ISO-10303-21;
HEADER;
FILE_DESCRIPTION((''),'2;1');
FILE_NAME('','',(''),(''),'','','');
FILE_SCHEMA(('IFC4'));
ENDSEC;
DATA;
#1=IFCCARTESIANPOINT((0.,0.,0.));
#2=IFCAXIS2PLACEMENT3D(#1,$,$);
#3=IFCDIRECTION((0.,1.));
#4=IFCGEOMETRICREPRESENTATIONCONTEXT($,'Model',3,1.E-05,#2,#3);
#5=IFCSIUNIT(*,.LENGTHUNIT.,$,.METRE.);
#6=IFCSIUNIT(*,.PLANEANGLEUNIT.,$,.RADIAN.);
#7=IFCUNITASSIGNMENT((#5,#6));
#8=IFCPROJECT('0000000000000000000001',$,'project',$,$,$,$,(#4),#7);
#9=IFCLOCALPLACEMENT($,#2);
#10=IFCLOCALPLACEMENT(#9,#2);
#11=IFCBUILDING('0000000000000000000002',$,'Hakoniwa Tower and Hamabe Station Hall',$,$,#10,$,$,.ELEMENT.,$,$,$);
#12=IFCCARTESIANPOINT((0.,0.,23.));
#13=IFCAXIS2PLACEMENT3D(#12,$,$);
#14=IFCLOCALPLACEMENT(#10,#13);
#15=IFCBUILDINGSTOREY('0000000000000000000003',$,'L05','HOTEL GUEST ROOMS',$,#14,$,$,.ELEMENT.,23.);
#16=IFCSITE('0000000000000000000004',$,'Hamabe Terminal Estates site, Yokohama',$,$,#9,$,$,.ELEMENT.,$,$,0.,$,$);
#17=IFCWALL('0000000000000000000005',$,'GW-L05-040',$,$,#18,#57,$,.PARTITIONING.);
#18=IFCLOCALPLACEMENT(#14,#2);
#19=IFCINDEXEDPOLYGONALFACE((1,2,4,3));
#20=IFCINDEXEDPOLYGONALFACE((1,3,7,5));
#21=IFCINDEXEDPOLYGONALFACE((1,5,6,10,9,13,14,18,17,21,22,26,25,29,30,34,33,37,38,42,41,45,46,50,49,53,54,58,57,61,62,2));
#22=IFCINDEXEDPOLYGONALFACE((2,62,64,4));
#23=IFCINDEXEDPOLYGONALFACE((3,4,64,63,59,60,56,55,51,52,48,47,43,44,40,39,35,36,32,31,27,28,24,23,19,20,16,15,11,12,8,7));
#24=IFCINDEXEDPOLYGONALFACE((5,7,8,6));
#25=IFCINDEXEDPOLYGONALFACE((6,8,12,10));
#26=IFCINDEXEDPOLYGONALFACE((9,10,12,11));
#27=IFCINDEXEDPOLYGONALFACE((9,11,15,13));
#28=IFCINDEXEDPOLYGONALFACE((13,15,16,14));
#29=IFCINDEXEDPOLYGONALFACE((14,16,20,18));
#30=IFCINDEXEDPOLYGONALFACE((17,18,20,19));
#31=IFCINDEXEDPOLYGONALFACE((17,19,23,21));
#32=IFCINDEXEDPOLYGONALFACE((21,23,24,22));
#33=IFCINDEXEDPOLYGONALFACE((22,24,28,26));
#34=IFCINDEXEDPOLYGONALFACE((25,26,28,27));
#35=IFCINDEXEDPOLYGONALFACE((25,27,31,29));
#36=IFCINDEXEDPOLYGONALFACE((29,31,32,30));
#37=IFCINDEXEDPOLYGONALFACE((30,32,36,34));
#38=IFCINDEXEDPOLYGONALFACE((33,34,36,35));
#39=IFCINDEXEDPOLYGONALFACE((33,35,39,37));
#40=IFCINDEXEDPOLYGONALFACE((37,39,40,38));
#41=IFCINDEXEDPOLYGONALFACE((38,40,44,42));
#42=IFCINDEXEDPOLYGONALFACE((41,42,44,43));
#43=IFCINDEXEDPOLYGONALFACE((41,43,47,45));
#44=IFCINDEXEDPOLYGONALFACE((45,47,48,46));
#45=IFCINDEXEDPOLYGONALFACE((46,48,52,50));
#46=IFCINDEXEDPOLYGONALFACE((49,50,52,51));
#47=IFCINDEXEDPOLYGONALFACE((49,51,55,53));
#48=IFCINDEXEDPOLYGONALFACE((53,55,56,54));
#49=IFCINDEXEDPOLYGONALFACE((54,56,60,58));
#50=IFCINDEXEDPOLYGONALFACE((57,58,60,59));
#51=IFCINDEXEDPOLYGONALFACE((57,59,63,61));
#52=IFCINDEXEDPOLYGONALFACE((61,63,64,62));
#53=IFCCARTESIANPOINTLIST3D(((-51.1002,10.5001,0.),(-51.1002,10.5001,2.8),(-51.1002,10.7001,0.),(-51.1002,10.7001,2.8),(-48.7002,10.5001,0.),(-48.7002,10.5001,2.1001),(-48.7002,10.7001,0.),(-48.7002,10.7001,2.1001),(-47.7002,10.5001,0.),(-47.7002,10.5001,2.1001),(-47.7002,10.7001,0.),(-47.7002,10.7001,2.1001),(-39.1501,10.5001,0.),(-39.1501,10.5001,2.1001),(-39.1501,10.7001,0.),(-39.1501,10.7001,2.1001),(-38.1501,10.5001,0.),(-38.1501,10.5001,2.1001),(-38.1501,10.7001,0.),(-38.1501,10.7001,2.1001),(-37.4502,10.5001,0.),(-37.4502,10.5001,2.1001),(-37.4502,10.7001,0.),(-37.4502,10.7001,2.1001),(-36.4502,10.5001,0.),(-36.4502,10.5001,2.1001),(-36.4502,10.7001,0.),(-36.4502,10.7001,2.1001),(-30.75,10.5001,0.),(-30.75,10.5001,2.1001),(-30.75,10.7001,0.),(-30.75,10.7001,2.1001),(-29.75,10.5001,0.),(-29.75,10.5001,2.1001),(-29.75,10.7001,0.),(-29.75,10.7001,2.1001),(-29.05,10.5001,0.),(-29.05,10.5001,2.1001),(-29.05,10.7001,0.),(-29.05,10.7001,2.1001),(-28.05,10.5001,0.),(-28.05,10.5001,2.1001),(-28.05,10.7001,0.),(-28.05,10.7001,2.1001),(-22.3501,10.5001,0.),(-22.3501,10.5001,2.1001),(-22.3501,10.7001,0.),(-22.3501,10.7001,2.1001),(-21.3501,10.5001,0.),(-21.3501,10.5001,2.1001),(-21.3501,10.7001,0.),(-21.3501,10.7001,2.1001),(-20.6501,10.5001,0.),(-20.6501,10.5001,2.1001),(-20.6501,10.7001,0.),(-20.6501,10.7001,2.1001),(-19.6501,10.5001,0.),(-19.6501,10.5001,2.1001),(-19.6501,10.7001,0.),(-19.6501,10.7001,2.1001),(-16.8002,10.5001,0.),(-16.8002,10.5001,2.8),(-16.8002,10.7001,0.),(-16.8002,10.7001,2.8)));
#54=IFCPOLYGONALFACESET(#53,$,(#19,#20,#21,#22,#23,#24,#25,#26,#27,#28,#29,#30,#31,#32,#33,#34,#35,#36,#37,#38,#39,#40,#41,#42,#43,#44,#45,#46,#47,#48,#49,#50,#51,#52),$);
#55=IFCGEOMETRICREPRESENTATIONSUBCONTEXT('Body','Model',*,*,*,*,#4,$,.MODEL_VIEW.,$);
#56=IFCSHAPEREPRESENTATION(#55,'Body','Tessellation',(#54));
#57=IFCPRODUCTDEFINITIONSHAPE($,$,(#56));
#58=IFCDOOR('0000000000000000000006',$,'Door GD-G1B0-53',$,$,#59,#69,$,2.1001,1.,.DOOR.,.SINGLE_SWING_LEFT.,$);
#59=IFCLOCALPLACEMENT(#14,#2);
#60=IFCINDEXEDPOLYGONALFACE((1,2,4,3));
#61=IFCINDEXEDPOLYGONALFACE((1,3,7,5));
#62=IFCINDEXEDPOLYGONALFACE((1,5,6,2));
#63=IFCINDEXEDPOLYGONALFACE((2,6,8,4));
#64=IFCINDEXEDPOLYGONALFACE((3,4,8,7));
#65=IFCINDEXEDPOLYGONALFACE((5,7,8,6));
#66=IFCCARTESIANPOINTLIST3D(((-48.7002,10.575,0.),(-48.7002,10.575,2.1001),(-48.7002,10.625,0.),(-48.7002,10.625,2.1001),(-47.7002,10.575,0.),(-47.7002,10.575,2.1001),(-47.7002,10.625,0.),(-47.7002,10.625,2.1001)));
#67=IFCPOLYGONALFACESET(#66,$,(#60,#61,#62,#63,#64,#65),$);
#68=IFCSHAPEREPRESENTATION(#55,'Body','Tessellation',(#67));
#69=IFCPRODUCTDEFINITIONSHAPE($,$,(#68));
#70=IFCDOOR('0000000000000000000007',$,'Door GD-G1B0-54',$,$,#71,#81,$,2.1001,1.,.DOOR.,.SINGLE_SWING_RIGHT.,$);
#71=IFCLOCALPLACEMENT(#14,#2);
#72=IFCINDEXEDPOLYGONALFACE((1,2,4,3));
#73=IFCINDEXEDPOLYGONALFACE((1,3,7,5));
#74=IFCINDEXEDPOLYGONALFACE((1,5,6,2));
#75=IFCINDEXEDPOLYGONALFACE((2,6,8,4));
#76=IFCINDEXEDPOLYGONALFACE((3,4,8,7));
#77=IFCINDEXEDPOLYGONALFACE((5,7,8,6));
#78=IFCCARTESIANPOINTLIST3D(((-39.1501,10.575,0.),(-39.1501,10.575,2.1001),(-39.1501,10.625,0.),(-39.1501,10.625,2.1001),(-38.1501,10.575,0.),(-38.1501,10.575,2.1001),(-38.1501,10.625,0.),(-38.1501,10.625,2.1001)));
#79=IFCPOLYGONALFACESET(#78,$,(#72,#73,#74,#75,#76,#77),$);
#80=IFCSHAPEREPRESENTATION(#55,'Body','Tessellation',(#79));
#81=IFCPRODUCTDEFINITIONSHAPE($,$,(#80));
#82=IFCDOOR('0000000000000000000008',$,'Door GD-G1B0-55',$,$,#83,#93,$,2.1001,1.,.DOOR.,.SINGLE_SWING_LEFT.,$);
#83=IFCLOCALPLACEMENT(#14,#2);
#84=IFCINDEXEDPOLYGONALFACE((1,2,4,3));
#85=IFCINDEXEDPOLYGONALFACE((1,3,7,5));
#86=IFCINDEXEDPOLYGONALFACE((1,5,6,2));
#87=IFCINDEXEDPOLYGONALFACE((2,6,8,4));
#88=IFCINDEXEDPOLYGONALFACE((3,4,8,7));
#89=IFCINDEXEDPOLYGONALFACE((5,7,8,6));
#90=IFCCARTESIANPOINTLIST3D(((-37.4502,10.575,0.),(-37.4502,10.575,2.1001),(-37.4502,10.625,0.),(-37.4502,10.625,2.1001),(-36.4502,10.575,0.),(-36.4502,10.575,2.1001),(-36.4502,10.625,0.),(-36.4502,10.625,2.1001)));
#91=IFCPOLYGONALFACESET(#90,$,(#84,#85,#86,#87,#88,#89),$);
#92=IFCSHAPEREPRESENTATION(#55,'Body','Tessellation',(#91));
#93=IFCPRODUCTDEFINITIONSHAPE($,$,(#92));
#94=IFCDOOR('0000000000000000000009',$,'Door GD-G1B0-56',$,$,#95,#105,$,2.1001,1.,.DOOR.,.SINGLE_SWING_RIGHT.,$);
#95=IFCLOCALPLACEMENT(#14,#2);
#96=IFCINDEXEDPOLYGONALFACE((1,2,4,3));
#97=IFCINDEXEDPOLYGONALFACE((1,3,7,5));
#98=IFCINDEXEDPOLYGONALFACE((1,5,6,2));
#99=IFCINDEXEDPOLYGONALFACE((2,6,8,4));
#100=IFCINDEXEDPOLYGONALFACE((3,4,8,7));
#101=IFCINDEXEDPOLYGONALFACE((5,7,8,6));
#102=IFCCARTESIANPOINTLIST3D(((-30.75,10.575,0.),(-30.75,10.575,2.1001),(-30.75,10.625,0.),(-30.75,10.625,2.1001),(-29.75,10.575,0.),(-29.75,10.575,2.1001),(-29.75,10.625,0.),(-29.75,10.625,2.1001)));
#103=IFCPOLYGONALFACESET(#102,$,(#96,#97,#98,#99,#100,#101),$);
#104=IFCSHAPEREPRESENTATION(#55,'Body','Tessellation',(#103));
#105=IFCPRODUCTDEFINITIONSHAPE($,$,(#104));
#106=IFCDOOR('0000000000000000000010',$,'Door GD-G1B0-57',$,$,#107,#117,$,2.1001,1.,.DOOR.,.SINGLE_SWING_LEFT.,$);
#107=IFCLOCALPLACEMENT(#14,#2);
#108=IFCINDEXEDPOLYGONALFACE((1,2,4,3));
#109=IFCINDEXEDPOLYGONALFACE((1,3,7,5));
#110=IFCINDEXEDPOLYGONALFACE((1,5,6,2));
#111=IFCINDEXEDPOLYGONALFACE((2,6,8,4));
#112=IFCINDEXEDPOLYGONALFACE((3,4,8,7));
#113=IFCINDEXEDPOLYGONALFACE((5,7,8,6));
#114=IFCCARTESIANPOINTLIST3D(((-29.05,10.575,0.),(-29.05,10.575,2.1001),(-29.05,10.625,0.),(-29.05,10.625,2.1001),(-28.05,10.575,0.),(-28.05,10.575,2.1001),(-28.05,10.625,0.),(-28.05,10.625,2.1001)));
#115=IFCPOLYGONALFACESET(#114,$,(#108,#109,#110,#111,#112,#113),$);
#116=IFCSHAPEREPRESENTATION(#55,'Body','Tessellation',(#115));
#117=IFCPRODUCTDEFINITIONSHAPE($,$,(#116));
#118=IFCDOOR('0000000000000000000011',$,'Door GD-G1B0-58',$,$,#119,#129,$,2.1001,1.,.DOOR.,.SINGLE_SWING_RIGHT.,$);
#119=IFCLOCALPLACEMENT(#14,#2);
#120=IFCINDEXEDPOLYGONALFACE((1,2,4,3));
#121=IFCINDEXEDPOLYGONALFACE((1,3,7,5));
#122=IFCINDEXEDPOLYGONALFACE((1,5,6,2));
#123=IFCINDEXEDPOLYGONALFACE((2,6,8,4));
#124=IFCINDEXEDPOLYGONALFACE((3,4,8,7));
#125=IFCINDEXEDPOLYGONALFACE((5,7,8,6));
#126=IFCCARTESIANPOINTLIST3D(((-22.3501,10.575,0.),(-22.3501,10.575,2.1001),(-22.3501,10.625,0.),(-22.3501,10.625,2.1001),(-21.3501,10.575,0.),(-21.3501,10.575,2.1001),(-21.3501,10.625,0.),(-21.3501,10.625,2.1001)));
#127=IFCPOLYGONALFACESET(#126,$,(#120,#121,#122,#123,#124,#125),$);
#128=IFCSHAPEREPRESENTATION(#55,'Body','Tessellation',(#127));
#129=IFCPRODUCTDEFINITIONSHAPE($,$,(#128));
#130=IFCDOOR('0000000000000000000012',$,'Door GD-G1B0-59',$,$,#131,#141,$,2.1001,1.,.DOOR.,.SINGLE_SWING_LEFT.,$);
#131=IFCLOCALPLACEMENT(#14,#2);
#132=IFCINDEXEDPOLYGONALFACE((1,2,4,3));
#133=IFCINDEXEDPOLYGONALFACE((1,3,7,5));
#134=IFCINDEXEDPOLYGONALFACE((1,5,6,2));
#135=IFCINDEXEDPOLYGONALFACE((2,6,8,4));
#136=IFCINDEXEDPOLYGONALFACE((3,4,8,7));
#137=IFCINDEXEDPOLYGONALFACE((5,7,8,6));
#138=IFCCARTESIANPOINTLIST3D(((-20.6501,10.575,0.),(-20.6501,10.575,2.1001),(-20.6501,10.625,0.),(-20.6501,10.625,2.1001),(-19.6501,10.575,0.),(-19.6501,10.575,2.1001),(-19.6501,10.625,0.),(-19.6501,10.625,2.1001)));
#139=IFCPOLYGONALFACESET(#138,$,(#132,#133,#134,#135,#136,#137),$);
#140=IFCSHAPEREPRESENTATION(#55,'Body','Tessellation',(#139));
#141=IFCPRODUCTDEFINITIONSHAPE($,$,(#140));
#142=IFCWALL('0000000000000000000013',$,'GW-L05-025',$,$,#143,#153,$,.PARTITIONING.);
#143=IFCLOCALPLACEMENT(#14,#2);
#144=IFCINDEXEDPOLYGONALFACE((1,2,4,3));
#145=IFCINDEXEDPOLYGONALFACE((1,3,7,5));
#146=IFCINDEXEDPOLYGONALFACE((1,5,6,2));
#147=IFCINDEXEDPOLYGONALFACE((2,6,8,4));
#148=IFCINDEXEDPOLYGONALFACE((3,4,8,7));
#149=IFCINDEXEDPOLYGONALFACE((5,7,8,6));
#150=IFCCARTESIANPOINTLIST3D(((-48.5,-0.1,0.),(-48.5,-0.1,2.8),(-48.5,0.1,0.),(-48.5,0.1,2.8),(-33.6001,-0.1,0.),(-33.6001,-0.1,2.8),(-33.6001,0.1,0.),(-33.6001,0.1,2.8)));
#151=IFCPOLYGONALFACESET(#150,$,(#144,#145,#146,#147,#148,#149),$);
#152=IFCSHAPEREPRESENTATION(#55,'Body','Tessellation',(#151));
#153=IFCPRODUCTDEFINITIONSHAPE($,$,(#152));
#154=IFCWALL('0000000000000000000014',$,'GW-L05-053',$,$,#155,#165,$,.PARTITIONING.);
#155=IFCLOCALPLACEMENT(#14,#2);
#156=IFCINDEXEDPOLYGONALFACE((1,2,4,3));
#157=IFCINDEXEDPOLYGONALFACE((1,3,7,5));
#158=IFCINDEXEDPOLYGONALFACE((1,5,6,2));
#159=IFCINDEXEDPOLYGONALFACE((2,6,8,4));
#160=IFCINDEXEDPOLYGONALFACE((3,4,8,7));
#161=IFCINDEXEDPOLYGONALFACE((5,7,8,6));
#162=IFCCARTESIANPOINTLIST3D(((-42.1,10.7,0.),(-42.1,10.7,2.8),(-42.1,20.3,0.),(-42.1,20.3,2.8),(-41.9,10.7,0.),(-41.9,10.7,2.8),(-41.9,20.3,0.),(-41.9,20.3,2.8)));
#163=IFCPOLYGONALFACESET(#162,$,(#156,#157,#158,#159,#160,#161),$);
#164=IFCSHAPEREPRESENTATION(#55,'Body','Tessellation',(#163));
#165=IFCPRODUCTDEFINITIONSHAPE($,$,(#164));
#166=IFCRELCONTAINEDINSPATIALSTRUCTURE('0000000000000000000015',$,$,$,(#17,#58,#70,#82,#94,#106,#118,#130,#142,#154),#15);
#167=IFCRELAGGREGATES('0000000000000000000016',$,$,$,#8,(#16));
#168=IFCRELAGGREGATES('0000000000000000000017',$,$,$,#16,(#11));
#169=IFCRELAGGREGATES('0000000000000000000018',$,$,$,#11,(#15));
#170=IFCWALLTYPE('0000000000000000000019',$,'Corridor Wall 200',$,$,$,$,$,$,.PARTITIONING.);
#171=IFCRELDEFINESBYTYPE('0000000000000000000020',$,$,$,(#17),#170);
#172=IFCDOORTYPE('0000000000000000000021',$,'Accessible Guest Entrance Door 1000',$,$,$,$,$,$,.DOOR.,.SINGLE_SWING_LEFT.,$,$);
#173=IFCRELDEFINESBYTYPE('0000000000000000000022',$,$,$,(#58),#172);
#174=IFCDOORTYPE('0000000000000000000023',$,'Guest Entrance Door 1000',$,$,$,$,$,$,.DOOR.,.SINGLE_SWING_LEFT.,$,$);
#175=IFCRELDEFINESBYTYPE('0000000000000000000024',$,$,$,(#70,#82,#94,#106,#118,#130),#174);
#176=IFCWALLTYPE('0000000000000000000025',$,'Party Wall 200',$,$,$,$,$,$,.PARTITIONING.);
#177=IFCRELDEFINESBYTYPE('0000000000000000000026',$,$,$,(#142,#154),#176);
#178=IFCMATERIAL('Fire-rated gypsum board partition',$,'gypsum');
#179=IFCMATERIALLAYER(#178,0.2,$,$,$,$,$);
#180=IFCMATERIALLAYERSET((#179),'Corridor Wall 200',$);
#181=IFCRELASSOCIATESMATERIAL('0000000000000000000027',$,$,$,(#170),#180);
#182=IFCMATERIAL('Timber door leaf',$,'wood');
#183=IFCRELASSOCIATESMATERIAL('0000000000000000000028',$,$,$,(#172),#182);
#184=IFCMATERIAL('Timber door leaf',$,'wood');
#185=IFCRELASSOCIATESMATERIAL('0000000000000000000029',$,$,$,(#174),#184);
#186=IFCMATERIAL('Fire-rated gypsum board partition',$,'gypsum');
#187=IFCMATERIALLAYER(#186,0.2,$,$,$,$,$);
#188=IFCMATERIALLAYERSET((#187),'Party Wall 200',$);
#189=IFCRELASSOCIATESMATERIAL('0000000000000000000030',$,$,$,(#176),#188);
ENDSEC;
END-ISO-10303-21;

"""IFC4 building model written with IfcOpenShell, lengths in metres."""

from ifc_helpers import new_model, si_unit, direction, frame, frame_2d, origin, place, context, subcontext, project, spatial, rectangle, extrude, material, layer, layer_set, type_object, element, fill, save


model = new_model("IFC4")

# Units and contexts
model_context = context("Model", 3, precision=1e-05, world=origin(), true_north=direction((0.0, 1.0)))
body_context = subcontext(model_context, "Body", "Model", "MODEL_VIEW")
ifc_project = project(units=[si_unit("LENGTHUNIT", "METRE"), si_unit("PLANEANGLEUNIT", "RADIAN")], contexts=[model_context])

# Site, building, storey
site_placement = place(None, origin())
site = spatial("IfcSite", under=ifc_project, at=site_placement, Name="Hamabe Terminal Estates site, Yokohama", CompositionType="ELEMENT", RefElevation=0.0)
building_placement = place(site_placement, origin())
building = spatial("IfcBuilding", under=site, at=building_placement, Name="Hakoniwa Tower and Hamabe Station Hall", CompositionType="ELEMENT")
storey_placement = place(building_placement, frame((0.0, 0.0, 23.0)))
storey = spatial("IfcBuildingStorey", under=building, at=storey_placement, Name="L05", Description="HOTEL GUEST ROOMS", CompositionType="ELEMENT", Elevation=23.0)

# Shared definitions
ifc_material_1 = material(Name="Fire-rated gypsum board partition", Category="gypsum")
ifc_layer_1 = layer(ifc_material_1, 0.2)
ifc_layer_set_1 = layer_set([ifc_layer_1], Name="Corridor Wall 200")
wall_type_1 = type_object("IfcWallType", Name="Corridor Wall 200", PredefinedType="PARTITIONING", material=ifc_layer_set_1)

# Wall, openings, doors
wall_1_placement = place(storey_placement, frame((-51.1001, 10.6001, 0.0), z_axis=(0.0, 0.0, 1.0), x_axis=(1.0, 0.0, 0.0)))
wall_1 = element("IfcWall", 1, at=wall_1_placement, inside=storey, type_object=wall_type_1, Name="GW-L05-040", PredefinedType="PARTITIONING", context=body_context, shape_type="SweptSolid", body=[
    extrude(rectangle(XDim=34.3, YDim=0.2, at=frame_2d((17.1499, 0.0))), origin(), (0.0, 0.0, 1.0), 2.8),
])
opening_1_placement = place(wall_1_placement, frame((2.3999, 0.0, 0.0)))
opening_1 = element("IfcOpeningElement", 2, at=opening_1_placement, cuts=wall_1, PredefinedType="OPENING", context=body_context, shape_type="SweptSolid", body=[
    extrude(rectangle(XDim=1.0, YDim=2.1001, at=frame_2d((0.5, 1.05))), frame((0.0, 0.1099, 0.0), z_axis=(0.0, -1.0, 0.0), x_axis=(1.0, 0.0, 0.0)), (0.0, 0.0, 1.0), 0.22),
])
opening_2_placement = place(wall_1_placement, frame((11.95, 0.0, 0.0)))
opening_2 = element("IfcOpeningElement", 3, at=opening_2_placement, cuts=wall_1, PredefinedType="OPENING", context=body_context, shape_type="SweptSolid", body=[
    extrude(rectangle(XDim=1.0, YDim=2.1001, at=frame_2d((0.5, 1.05))), frame((0.0, 0.1099, 0.0), z_axis=(0.0, -1.0, 0.0), x_axis=(1.0, 0.0, 0.0)), (0.0, 0.0, 1.0), 0.22),
])
opening_3_placement = place(wall_1_placement, frame((13.6499, 0.0, 0.0)))
opening_3 = element("IfcOpeningElement", 4, at=opening_3_placement, cuts=wall_1, PredefinedType="OPENING", context=body_context, shape_type="SweptSolid", body=[
    extrude(rectangle(XDim=1.0, YDim=2.1001, at=frame_2d((0.5, 1.05))), frame((0.0, 0.1099, 0.0), z_axis=(0.0, -1.0, 0.0), x_axis=(1.0, 0.0, 0.0)), (0.0, 0.0, 1.0), 0.22),
])
opening_4_placement = place(wall_1_placement, frame((20.3501, 0.0, 0.0)))
opening_4 = element("IfcOpeningElement", 5, at=opening_4_placement, cuts=wall_1, PredefinedType="OPENING", context=body_context, shape_type="SweptSolid", body=[
    extrude(rectangle(XDim=1.0, YDim=2.1001, at=frame_2d((0.5, 1.05))), frame((0.0, 0.1099, 0.0), z_axis=(0.0, -1.0, 0.0), x_axis=(1.0, 0.0, 0.0)), (0.0, 0.0, 1.0), 0.22),
])
opening_5_placement = place(wall_1_placement, frame((22.05, 0.0, 0.0)))
opening_5 = element("IfcOpeningElement", 6, at=opening_5_placement, cuts=wall_1, PredefinedType="OPENING", context=body_context, shape_type="SweptSolid", body=[
    extrude(rectangle(XDim=1.0, YDim=2.1001, at=frame_2d((0.5, 1.05))), frame((0.0, 0.1099, 0.0), z_axis=(0.0, -1.0, 0.0), x_axis=(1.0, 0.0, 0.0)), (0.0, 0.0, 1.0), 0.22),
])
opening_6_placement = place(wall_1_placement, frame((28.75, 0.0, 0.0)))
opening_6 = element("IfcOpeningElement", 7, at=opening_6_placement, cuts=wall_1, PredefinedType="OPENING", context=body_context, shape_type="SweptSolid", body=[
    extrude(rectangle(XDim=1.0, YDim=2.1001, at=frame_2d((0.5, 1.05))), frame((0.0, 0.1099, 0.0), z_axis=(0.0, -1.0, 0.0), x_axis=(1.0, 0.0, 0.0)), (0.0, 0.0, 1.0), 0.22),
])
opening_7_placement = place(wall_1_placement, frame((30.45, 0.0, 0.0)))
opening_7 = element("IfcOpeningElement", 8, at=opening_7_placement, cuts=wall_1, PredefinedType="OPENING", context=body_context, shape_type="SweptSolid", body=[
    extrude(rectangle(XDim=1.0, YDim=2.1001, at=frame_2d((0.5, 1.05))), frame((0.0, 0.1099, 0.0), z_axis=(0.0, -1.0, 0.0), x_axis=(1.0, 0.0, 0.0)), (0.0, 0.0, 1.0), 0.22),
])
ifc_material_2 = material(Name="Timber door leaf", Category="wood")
door_type_1 = type_object("IfcDoorType", Name="Accessible Guest Entrance Door 1000", OperationType="SINGLE_SWING_LEFT", PredefinedType="DOOR", material=ifc_material_2)
door_1_placement = place(opening_1_placement, origin())
door_1 = element("IfcDoor", 9, at=door_1_placement, inside=storey, type_object=door_type_1, Name="Door GD-G1B0-53", OperationType="SINGLE_SWING_LEFT", OverallHeight=2.1001, OverallWidth=1.0, PredefinedType="DOOR", context=body_context, shape_type="SweptSolid", body=[
    extrude(rectangle(XDim=1.0, YDim=2.1001, at=frame_2d((0.5, 1.05))), frame((0.0, 0.0249, 0.0), z_axis=(0.0, -1.0, 0.0), x_axis=(1.0, 0.0, 0.0)), (0.0, 0.0, 1.0), 0.05),
])
fill(opening_1, door_1)
ifc_material_3 = material(Name="Timber door leaf", Category="wood")
door_type_2 = type_object("IfcDoorType", Name="Guest Entrance Door 1000", OperationType="SINGLE_SWING_LEFT", PredefinedType="DOOR", material=ifc_material_3)
door_2_placement = place(opening_2_placement, origin())
door_2 = element("IfcDoor", 10, at=door_2_placement, inside=storey, type_object=door_type_2, Name="Door GD-G1B0-54", OperationType="SINGLE_SWING_RIGHT", OverallHeight=2.1001, OverallWidth=1.0, PredefinedType="DOOR", context=body_context, shape_type="SweptSolid", body=[
    extrude(rectangle(XDim=1.0, YDim=2.1001, at=frame_2d((0.5, 1.05))), frame((0.0, 0.0249, 0.0), z_axis=(0.0, -1.0, 0.0), x_axis=(1.0, 0.0, 0.0)), (0.0, 0.0, 1.0), 0.05),
])
fill(opening_2, door_2)
door_3_placement = place(opening_3_placement, origin())
door_3 = element("IfcDoor", 11, at=door_3_placement, inside=storey, type_object=door_type_2, Name="Door GD-G1B0-55", OperationType="SINGLE_SWING_LEFT", OverallHeight=2.1001, OverallWidth=1.0, PredefinedType="DOOR", context=body_context, shape_type="SweptSolid", body=[
    extrude(rectangle(XDim=1.0, YDim=2.1001, at=frame_2d((0.5, 1.05))), frame((0.0, 0.0249, 0.0), z_axis=(0.0, -1.0, 0.0), x_axis=(1.0, 0.0, 0.0)), (0.0, 0.0, 1.0), 0.05),
])
fill(opening_3, door_3)
door_4_placement = place(opening_4_placement, origin())
door_4 = element("IfcDoor", 12, at=door_4_placement, inside=storey, type_object=door_type_2, Name="Door GD-G1B0-56", OperationType="SINGLE_SWING_RIGHT", OverallHeight=2.1001, OverallWidth=1.0, PredefinedType="DOOR", context=body_context, shape_type="SweptSolid", body=[
    extrude(rectangle(XDim=1.0, YDim=2.1001, at=frame_2d((0.5, 1.05))), frame((0.0, 0.0249, 0.0), z_axis=(0.0, -1.0, 0.0), x_axis=(1.0, 0.0, 0.0)), (0.0, 0.0, 1.0), 0.05),
])
fill(opening_4, door_4)
door_5_placement = place(opening_5_placement, origin())
door_5 = element("IfcDoor", 13, at=door_5_placement, inside=storey, type_object=door_type_2, Name="Door GD-G1B0-57", OperationType="SINGLE_SWING_LEFT", OverallHeight=2.1001, OverallWidth=1.0, PredefinedType="DOOR", context=body_context, shape_type="SweptSolid", body=[
    extrude(rectangle(XDim=1.0, YDim=2.1001, at=frame_2d((0.5, 1.05))), frame((0.0, 0.0249, 0.0), z_axis=(0.0, -1.0, 0.0), x_axis=(1.0, 0.0, 0.0)), (0.0, 0.0, 1.0), 0.05),
])
fill(opening_5, door_5)
door_6_placement = place(opening_6_placement, origin())
door_6 = element("IfcDoor", 14, at=door_6_placement, inside=storey, type_object=door_type_2, Name="Door GD-G1B0-58", OperationType="SINGLE_SWING_RIGHT", OverallHeight=2.1001, OverallWidth=1.0, PredefinedType="DOOR", context=body_context, shape_type="SweptSolid", body=[
    extrude(rectangle(XDim=1.0, YDim=2.1001, at=frame_2d((0.5, 1.05))), frame((0.0, 0.0249, 0.0), z_axis=(0.0, -1.0, 0.0), x_axis=(1.0, 0.0, 0.0)), (0.0, 0.0, 1.0), 0.05),
])
fill(opening_6, door_6)
door_7_placement = place(opening_7_placement, origin())
door_7 = element("IfcDoor", 15, at=door_7_placement, inside=storey, type_object=door_type_2, Name="Door GD-G1B0-59", OperationType="SINGLE_SWING_LEFT", OverallHeight=2.1001, OverallWidth=1.0, PredefinedType="DOOR", context=body_context, shape_type="SweptSolid", body=[
    extrude(rectangle(XDim=1.0, YDim=2.1001, at=frame_2d((0.5, 1.05))), frame((0.0, 0.0249, 0.0), z_axis=(0.0, -1.0, 0.0), x_axis=(1.0, 0.0, 0.0)), (0.0, 0.0, 1.0), 0.05),
])
fill(opening_7, door_7)

# Walls
ifc_material_4 = material(Name="Fire-rated gypsum board partition", Category="gypsum")
ifc_layer_2 = layer(ifc_material_4, 0.2)
ifc_layer_set_2 = layer_set([ifc_layer_2], Name="Party Wall 200")
wall_type_2 = type_object("IfcWallType", Name="Party Wall 200", PredefinedType="PARTITIONING", material=ifc_layer_set_2)
wall_2_placement = place(storey_placement, frame((-48.5, 0.0, 0.0), z_axis=(0.0, 0.0, 1.0), x_axis=(1.0, 0.0, 0.0)))
element("IfcWall", 16, at=wall_2_placement, inside=storey, type_object=wall_type_2, Name="GW-L05-025", PredefinedType="PARTITIONING", context=body_context, shape_type="SweptSolid", body=[
    extrude(rectangle(XDim=14.8999, YDim=0.2, at=frame_2d((7.45, 0.0))), origin(), (0.0, 0.0, 1.0), 2.8),
])
wall_3_placement = place(storey_placement, frame((-42.0, 10.7, 0.0), z_axis=(0.0, 0.0, 1.0), x_axis=(0.0, 1.0, 0.0)))
element("IfcWall", 17, at=wall_3_placement, inside=storey, type_object=wall_type_2, Name="GW-L05-053", PredefinedType="PARTITIONING", context=body_context, shape_type="SweptSolid", body=[
    extrude(rectangle(XDim=9.6001, YDim=0.2, at=frame_2d((4.8, 0.0))), origin(), (0.0, 0.0, 1.0), 2.8),
])

save(model, "model.ifc")
